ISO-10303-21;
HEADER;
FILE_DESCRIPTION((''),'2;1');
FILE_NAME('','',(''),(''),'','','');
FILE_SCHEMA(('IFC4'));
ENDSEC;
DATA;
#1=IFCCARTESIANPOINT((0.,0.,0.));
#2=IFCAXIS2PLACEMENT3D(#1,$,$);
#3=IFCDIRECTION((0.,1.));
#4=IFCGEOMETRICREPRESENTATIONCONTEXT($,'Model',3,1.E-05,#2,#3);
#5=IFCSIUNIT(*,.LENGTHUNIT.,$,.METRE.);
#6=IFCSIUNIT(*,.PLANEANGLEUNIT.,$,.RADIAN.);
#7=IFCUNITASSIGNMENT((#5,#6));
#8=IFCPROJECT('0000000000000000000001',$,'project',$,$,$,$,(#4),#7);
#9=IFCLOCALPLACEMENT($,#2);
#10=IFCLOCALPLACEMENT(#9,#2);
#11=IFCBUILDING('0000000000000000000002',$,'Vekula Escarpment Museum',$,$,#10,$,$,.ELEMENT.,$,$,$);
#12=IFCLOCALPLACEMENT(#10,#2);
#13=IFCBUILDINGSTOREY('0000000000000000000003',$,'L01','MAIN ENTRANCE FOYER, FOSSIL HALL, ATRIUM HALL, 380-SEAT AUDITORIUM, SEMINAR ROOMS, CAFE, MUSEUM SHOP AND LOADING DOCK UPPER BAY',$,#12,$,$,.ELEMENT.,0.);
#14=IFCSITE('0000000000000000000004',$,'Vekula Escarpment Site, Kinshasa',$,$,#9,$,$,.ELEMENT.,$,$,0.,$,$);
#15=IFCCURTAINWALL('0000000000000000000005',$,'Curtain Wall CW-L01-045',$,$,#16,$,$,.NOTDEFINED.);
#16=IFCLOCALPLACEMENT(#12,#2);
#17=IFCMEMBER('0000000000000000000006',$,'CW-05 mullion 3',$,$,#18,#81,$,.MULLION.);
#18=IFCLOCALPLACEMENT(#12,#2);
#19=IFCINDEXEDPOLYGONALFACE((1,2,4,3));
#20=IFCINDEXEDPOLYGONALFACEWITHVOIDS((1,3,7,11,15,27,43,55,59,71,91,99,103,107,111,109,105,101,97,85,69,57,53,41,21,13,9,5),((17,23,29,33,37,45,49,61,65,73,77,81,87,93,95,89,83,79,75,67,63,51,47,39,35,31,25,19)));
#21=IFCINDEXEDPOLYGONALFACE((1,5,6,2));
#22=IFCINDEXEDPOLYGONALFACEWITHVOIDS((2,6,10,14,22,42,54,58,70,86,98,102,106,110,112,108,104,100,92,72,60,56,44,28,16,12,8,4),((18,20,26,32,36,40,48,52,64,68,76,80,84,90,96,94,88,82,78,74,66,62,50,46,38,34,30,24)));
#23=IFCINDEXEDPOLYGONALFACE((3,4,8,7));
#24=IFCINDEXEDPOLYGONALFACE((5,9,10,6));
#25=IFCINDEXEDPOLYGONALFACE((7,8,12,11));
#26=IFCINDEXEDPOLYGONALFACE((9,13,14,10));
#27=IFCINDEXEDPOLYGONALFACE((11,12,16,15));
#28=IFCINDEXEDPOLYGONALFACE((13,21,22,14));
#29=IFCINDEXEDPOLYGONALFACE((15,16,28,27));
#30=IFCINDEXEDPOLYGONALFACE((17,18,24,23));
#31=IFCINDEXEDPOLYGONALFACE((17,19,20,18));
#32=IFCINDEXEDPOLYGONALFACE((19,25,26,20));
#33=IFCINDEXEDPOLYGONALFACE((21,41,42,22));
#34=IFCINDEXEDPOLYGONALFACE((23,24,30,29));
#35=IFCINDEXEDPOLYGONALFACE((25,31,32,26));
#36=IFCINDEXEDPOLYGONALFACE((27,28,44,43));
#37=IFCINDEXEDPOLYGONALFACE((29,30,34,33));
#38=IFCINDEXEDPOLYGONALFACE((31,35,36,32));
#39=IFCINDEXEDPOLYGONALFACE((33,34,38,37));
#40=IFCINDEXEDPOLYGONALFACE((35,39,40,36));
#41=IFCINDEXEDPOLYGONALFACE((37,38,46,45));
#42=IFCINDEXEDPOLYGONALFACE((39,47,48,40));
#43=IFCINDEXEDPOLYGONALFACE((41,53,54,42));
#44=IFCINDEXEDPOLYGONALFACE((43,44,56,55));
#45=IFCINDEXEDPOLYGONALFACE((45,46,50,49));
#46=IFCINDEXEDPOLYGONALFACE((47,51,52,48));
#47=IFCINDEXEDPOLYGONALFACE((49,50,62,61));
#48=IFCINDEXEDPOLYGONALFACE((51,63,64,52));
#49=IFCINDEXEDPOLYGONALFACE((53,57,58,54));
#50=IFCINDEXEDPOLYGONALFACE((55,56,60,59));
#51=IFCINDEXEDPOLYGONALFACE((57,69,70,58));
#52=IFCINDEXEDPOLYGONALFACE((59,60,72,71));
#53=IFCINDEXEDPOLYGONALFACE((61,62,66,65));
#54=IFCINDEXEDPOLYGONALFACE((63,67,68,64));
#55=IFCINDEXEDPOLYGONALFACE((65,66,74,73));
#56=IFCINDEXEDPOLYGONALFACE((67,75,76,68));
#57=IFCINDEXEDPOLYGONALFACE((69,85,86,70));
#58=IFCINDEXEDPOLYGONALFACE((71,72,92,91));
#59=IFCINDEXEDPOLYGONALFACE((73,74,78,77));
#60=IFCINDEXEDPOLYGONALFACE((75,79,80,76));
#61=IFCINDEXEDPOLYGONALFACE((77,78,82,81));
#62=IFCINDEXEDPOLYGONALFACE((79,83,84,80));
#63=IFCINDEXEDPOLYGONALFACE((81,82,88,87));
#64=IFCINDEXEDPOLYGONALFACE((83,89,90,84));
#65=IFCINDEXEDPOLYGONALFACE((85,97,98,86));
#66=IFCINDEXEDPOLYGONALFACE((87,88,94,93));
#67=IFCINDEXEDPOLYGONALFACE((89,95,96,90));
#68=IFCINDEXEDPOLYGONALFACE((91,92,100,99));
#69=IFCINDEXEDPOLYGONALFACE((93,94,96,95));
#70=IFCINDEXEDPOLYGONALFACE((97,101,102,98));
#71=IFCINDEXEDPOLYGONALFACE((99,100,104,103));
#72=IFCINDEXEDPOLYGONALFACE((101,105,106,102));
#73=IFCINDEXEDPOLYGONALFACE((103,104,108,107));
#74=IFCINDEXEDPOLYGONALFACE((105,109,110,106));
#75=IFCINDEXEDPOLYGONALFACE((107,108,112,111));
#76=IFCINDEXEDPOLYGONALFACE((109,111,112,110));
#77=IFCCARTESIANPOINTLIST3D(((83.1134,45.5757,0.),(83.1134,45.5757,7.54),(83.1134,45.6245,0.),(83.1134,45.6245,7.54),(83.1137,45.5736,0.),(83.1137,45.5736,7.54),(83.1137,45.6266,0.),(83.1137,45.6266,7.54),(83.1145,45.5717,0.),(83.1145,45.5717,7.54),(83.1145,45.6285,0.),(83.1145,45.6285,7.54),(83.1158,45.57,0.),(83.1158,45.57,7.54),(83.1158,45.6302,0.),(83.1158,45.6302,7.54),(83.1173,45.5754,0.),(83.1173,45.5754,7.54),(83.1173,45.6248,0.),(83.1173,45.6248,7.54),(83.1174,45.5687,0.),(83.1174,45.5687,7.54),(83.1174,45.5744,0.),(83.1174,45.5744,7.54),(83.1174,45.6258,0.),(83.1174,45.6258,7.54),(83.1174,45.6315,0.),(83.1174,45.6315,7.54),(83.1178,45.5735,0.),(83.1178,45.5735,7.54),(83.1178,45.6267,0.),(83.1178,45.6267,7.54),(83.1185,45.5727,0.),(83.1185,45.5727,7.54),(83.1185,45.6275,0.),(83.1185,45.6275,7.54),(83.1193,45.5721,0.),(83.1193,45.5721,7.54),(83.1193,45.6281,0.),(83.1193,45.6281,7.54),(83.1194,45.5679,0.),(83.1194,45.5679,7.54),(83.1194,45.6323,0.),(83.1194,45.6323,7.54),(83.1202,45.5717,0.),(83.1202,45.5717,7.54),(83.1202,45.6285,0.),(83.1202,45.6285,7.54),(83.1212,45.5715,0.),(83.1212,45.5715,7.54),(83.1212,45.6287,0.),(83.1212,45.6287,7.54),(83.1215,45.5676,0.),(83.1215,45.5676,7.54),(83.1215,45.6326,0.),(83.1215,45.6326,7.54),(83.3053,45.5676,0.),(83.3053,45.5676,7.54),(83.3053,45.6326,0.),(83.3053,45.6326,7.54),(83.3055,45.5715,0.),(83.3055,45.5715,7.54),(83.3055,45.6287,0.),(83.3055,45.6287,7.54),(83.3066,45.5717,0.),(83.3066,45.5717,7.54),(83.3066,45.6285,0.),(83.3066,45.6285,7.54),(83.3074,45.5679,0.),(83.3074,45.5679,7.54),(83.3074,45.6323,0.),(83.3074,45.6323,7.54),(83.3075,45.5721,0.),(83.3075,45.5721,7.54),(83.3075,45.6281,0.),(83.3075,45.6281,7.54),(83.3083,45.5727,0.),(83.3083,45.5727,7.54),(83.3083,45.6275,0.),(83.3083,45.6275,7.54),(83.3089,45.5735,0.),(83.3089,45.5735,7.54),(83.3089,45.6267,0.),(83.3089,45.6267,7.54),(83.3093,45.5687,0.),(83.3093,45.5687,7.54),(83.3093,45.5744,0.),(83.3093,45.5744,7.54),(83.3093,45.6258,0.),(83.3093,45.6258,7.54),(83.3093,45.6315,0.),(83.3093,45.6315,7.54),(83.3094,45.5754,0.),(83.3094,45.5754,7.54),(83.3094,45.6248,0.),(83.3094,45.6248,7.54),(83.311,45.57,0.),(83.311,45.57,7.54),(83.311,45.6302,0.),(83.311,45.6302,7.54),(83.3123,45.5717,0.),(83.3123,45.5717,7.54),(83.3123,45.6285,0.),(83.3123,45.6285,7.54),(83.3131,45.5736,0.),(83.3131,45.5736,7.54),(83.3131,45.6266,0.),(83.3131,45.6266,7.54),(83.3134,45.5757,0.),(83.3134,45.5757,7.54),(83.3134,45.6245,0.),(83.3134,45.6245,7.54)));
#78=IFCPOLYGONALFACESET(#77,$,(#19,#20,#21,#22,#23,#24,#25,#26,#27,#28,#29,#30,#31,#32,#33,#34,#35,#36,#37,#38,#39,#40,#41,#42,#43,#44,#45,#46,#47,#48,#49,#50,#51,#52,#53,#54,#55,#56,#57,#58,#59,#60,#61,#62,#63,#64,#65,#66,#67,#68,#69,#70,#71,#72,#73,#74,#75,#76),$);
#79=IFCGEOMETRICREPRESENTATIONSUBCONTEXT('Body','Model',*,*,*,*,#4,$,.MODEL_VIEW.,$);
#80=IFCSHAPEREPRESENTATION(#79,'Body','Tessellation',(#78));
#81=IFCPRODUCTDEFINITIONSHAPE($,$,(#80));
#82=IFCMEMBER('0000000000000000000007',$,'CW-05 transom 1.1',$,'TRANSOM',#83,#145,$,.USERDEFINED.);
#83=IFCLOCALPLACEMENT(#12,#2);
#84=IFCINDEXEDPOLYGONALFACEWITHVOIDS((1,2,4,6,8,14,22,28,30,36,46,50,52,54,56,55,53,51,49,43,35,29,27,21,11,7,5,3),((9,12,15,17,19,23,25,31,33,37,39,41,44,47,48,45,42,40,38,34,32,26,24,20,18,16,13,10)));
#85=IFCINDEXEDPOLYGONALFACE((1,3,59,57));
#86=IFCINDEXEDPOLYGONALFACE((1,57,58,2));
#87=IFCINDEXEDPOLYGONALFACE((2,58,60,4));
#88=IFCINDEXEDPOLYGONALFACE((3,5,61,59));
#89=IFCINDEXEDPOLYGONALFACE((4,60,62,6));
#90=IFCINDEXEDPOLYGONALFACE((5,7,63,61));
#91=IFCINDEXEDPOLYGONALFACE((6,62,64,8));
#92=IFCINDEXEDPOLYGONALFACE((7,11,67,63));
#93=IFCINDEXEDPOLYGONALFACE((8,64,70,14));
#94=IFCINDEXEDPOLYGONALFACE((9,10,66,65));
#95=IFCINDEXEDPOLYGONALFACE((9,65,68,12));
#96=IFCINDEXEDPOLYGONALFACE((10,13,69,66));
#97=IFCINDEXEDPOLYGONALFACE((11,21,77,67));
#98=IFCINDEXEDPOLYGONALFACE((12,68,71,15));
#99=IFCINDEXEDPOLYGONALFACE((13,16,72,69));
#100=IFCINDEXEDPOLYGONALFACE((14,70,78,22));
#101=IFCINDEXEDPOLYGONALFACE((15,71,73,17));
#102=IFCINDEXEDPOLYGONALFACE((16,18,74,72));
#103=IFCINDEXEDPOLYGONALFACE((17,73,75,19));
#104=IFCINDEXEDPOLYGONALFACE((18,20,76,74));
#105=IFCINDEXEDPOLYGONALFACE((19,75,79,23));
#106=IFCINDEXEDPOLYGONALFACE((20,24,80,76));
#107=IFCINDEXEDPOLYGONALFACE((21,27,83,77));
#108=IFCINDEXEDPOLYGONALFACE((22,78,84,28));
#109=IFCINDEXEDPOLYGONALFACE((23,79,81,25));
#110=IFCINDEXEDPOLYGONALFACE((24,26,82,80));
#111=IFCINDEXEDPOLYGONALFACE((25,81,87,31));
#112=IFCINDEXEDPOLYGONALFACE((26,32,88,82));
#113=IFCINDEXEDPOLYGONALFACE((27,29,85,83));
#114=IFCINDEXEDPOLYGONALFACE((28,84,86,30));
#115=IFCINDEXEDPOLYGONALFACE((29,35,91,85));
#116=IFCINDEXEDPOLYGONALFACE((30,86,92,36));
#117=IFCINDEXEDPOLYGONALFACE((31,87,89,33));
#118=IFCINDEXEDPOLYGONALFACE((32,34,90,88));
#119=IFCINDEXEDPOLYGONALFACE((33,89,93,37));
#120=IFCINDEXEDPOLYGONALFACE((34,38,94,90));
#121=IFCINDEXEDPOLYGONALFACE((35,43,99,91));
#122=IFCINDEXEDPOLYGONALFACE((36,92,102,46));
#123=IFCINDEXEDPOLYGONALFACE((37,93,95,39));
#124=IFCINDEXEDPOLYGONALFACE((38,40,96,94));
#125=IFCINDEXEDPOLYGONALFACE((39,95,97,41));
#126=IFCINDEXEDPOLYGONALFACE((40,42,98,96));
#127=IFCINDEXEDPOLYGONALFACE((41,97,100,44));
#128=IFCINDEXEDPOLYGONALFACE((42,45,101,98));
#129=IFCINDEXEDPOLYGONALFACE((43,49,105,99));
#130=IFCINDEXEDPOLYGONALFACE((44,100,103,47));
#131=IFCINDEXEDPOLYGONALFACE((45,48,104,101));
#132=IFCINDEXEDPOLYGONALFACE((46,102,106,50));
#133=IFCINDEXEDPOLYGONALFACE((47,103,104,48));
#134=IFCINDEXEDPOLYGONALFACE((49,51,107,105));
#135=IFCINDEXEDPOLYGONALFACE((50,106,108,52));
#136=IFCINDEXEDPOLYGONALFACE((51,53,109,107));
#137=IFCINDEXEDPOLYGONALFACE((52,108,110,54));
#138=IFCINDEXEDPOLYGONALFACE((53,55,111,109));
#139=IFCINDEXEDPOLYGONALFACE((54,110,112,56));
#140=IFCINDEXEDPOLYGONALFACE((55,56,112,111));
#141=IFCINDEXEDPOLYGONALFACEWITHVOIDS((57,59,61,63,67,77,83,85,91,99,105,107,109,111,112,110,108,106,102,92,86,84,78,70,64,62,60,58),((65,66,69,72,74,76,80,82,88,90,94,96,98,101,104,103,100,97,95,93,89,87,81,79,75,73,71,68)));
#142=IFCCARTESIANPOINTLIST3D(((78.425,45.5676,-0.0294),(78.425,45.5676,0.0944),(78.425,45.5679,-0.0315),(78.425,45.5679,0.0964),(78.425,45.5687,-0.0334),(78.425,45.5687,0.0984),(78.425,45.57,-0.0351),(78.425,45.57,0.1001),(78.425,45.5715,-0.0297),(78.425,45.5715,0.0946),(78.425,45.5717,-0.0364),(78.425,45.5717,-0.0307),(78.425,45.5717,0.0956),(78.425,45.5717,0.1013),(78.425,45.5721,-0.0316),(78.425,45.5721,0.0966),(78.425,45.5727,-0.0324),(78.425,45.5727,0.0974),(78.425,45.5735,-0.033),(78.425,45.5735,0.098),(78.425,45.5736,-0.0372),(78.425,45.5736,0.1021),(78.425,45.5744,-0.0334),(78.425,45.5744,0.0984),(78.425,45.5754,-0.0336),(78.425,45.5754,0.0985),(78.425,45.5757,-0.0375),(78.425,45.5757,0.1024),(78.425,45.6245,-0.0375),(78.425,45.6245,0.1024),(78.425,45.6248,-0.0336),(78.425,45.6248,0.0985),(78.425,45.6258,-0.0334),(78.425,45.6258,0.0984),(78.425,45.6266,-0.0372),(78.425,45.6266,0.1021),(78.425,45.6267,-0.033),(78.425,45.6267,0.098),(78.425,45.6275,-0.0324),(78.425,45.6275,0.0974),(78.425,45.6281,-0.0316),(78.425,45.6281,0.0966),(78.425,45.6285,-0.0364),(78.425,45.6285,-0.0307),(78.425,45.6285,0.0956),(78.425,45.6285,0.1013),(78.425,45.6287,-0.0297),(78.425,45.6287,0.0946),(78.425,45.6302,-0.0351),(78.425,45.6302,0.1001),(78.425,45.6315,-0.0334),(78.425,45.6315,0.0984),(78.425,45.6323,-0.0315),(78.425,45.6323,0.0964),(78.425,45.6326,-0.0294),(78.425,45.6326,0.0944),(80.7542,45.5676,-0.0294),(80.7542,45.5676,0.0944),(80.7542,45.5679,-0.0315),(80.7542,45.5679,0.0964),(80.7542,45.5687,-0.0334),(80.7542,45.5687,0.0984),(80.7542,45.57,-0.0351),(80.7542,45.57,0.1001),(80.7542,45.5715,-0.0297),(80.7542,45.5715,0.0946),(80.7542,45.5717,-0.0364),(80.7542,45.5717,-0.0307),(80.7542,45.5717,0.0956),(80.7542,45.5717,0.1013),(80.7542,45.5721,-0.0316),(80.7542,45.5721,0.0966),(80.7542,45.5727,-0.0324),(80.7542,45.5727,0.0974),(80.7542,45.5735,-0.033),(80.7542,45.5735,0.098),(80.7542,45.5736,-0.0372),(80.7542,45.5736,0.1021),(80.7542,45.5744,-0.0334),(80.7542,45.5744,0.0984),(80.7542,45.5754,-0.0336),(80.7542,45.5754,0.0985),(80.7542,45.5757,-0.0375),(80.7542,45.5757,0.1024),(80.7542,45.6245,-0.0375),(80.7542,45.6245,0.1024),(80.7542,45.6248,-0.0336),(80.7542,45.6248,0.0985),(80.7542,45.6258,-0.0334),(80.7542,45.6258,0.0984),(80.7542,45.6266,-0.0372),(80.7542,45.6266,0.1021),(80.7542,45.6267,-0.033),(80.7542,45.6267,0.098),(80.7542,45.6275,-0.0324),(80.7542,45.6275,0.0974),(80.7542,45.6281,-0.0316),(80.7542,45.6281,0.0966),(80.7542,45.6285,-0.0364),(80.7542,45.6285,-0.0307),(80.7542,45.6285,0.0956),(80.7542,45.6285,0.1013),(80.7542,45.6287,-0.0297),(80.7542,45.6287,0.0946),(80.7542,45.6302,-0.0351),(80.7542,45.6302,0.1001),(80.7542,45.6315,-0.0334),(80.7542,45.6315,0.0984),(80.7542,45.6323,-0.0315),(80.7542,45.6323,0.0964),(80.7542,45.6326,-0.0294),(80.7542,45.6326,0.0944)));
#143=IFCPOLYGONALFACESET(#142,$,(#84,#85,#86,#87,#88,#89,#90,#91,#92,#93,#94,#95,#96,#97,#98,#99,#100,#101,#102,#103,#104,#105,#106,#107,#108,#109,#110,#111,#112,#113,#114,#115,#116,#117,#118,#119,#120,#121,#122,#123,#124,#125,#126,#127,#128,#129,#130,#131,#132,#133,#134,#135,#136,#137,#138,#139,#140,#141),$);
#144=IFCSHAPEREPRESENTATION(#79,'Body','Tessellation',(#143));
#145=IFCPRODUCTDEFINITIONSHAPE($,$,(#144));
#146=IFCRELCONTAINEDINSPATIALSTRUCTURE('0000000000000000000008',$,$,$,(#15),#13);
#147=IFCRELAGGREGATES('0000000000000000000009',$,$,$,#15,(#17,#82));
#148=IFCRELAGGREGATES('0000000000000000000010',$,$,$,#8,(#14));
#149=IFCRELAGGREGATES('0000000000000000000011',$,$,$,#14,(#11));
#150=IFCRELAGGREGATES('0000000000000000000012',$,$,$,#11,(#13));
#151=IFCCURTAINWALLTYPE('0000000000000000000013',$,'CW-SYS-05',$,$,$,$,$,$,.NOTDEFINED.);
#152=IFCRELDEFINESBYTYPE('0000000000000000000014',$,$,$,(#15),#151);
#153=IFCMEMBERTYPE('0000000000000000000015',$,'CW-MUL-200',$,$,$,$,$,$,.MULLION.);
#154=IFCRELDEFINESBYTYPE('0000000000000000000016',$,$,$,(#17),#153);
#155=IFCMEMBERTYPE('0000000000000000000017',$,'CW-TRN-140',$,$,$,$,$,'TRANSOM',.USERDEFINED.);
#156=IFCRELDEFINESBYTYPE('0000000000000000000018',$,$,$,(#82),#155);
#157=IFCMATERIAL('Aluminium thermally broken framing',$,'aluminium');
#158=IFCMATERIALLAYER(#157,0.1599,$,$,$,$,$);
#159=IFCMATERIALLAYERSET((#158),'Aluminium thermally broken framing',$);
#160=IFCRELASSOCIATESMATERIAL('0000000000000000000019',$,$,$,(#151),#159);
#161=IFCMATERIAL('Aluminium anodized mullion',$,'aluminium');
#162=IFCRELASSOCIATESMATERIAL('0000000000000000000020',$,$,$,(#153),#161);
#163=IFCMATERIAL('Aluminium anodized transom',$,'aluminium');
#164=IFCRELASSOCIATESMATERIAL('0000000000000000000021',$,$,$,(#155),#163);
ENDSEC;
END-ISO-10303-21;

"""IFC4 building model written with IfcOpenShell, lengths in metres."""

from ifc_helpers import new_model, si_unit, direction, frame, origin, origin_2d, place, context, subcontext, project, spatial, hollow_rectangle, extrude, material, layer, layer_set, material_profile, profile_set, type_object, element, aggregate, save


model = new_model("IFC4")

# Units and contexts
model_context = context("Model", 3, precision=1e-05, world=origin(), true_north=direction((0.0, 1.0)))
body_context = subcontext(model_context, "Body", "Model", "MODEL_VIEW")
ifc_project = project(units=[si_unit("LENGTHUNIT", "METRE"), si_unit("PLANEANGLEUNIT", "RADIAN")], contexts=[model_context])

# Site, building, storey
site_placement = place(None, origin())
site = spatial("IfcSite", under=ifc_project, at=site_placement, Name="Vekula Escarpment Site, Kinshasa", CompositionType="ELEMENT", RefElevation=0.0)
building_placement = place(site_placement, origin())
building = spatial("IfcBuilding", under=site, at=building_placement, Name="Vekula Escarpment Museum", CompositionType="ELEMENT")
storey_placement = place(building_placement, origin())
storey = spatial("IfcBuildingStorey", under=building, at=storey_placement, Name="L01", Description="MAIN ENTRANCE FOYER, FOSSIL HALL, ATRIUM HALL, 380-SEAT AUDITORIUM, SEMINAR ROOMS, CAFE, MUSEUM SHOP AND LOADING DOCK UPPER BAY", CompositionType="ELEMENT", Elevation=0.0)

# Curtain wall, members
ifc_material_1 = material(Name="Aluminium thermally broken framing", Category="aluminium")
ifc_layer_1 = layer(ifc_material_1, 0.1599)
ifc_layer_set_1 = layer_set([ifc_layer_1], Name="Aluminium thermally broken framing")
curtain_wall_type = type_object("IfcCurtainWallType", Name="CW-SYS-05", PredefinedType="NOTDEFINED", material=ifc_layer_set_1)
curtain_wall_placement = place(storey_placement, origin())
curtain_wall = element("IfcCurtainWall", 1, at=curtain_wall_placement, inside=storey, type_object=curtain_wall_type, Name="Curtain Wall CW-L01-045", PredefinedType="NOTDEFINED")
ifc_material_2 = material(Name="Aluminium anodized mullion", Category="aluminium")
ifc_material_profile_1 = material_profile(ifc_material_2, hollow_rectangle(XDim=0.0649, YDim=0.2, WallThickness=0.0039, InnerFilletRadius=0.0039, OuterFilletRadius=0.0081, at=origin_2d()), Name="ALU 200x65x4")
ifc_profile_set_1 = profile_set([ifc_material_profile_1], Name="Aluminium anodized mullion")
member_type_1 = type_object("IfcMemberType", Name="CW-MUL-200", PredefinedType="MULLION", material=ifc_profile_set_1)
member_1_placement = place(storey_placement, frame((83.2134, 45.6001, 0.0), z_axis=(0.0, 0.0, 1.0), x_axis=(0.0, 1.0, 0.0)))
member_1 = element("IfcMember", 2, at=member_1_placement, type_object=member_type_1, Name="CW-05 mullion 3", PredefinedType="MULLION", context=body_context, shape_type="SweptSolid", body=[
    extrude(hollow_rectangle(XDim=0.0649, YDim=0.2, WallThickness=0.0039, InnerFilletRadius=0.0039, OuterFilletRadius=0.0081, at=origin_2d()), origin(), (0.0, 0.0, 1.0), 7.54),
])
ifc_material_3 = material(Name="Aluminium anodized transom", Category="aluminium")
ifc_material_profile_2 = material_profile(ifc_material_3, hollow_rectangle(XDim=0.0649, YDim=0.1399, WallThickness=0.0039, InnerFilletRadius=0.0039, OuterFilletRadius=0.0081, at=origin_2d()), Name="ALU 140x65x4")
ifc_profile_set_2 = profile_set([ifc_material_profile_2], Name="Aluminium anodized transom")
member_type_2 = type_object("IfcMemberType", Name="CW-TRN-140", ElementType="TRANSOM", PredefinedType="USERDEFINED", material=ifc_profile_set_2)
member_2_placement = place(storey_placement, frame((78.425, 45.6001, 0.0325), z_axis=(1.0, 0.0, 0.0), x_axis=(0.0, 1.0, 0.0)))
member_2 = element("IfcMember", 3, at=member_2_placement, type_object=member_type_2, Name="CW-05 transom 1.1", ObjectType="TRANSOM", PredefinedType="USERDEFINED", context=body_context, shape_type="SweptSolid", body=[
    extrude(hollow_rectangle(XDim=0.0649, YDim=0.1399, WallThickness=0.0039, InnerFilletRadius=0.0039, OuterFilletRadius=0.0081, at=origin_2d()), origin(), (0.0, 0.0, 1.0), 2.3291),
])

aggregate(curtain_wall, [member_1, member_2])

save(model, "model.ifc")
